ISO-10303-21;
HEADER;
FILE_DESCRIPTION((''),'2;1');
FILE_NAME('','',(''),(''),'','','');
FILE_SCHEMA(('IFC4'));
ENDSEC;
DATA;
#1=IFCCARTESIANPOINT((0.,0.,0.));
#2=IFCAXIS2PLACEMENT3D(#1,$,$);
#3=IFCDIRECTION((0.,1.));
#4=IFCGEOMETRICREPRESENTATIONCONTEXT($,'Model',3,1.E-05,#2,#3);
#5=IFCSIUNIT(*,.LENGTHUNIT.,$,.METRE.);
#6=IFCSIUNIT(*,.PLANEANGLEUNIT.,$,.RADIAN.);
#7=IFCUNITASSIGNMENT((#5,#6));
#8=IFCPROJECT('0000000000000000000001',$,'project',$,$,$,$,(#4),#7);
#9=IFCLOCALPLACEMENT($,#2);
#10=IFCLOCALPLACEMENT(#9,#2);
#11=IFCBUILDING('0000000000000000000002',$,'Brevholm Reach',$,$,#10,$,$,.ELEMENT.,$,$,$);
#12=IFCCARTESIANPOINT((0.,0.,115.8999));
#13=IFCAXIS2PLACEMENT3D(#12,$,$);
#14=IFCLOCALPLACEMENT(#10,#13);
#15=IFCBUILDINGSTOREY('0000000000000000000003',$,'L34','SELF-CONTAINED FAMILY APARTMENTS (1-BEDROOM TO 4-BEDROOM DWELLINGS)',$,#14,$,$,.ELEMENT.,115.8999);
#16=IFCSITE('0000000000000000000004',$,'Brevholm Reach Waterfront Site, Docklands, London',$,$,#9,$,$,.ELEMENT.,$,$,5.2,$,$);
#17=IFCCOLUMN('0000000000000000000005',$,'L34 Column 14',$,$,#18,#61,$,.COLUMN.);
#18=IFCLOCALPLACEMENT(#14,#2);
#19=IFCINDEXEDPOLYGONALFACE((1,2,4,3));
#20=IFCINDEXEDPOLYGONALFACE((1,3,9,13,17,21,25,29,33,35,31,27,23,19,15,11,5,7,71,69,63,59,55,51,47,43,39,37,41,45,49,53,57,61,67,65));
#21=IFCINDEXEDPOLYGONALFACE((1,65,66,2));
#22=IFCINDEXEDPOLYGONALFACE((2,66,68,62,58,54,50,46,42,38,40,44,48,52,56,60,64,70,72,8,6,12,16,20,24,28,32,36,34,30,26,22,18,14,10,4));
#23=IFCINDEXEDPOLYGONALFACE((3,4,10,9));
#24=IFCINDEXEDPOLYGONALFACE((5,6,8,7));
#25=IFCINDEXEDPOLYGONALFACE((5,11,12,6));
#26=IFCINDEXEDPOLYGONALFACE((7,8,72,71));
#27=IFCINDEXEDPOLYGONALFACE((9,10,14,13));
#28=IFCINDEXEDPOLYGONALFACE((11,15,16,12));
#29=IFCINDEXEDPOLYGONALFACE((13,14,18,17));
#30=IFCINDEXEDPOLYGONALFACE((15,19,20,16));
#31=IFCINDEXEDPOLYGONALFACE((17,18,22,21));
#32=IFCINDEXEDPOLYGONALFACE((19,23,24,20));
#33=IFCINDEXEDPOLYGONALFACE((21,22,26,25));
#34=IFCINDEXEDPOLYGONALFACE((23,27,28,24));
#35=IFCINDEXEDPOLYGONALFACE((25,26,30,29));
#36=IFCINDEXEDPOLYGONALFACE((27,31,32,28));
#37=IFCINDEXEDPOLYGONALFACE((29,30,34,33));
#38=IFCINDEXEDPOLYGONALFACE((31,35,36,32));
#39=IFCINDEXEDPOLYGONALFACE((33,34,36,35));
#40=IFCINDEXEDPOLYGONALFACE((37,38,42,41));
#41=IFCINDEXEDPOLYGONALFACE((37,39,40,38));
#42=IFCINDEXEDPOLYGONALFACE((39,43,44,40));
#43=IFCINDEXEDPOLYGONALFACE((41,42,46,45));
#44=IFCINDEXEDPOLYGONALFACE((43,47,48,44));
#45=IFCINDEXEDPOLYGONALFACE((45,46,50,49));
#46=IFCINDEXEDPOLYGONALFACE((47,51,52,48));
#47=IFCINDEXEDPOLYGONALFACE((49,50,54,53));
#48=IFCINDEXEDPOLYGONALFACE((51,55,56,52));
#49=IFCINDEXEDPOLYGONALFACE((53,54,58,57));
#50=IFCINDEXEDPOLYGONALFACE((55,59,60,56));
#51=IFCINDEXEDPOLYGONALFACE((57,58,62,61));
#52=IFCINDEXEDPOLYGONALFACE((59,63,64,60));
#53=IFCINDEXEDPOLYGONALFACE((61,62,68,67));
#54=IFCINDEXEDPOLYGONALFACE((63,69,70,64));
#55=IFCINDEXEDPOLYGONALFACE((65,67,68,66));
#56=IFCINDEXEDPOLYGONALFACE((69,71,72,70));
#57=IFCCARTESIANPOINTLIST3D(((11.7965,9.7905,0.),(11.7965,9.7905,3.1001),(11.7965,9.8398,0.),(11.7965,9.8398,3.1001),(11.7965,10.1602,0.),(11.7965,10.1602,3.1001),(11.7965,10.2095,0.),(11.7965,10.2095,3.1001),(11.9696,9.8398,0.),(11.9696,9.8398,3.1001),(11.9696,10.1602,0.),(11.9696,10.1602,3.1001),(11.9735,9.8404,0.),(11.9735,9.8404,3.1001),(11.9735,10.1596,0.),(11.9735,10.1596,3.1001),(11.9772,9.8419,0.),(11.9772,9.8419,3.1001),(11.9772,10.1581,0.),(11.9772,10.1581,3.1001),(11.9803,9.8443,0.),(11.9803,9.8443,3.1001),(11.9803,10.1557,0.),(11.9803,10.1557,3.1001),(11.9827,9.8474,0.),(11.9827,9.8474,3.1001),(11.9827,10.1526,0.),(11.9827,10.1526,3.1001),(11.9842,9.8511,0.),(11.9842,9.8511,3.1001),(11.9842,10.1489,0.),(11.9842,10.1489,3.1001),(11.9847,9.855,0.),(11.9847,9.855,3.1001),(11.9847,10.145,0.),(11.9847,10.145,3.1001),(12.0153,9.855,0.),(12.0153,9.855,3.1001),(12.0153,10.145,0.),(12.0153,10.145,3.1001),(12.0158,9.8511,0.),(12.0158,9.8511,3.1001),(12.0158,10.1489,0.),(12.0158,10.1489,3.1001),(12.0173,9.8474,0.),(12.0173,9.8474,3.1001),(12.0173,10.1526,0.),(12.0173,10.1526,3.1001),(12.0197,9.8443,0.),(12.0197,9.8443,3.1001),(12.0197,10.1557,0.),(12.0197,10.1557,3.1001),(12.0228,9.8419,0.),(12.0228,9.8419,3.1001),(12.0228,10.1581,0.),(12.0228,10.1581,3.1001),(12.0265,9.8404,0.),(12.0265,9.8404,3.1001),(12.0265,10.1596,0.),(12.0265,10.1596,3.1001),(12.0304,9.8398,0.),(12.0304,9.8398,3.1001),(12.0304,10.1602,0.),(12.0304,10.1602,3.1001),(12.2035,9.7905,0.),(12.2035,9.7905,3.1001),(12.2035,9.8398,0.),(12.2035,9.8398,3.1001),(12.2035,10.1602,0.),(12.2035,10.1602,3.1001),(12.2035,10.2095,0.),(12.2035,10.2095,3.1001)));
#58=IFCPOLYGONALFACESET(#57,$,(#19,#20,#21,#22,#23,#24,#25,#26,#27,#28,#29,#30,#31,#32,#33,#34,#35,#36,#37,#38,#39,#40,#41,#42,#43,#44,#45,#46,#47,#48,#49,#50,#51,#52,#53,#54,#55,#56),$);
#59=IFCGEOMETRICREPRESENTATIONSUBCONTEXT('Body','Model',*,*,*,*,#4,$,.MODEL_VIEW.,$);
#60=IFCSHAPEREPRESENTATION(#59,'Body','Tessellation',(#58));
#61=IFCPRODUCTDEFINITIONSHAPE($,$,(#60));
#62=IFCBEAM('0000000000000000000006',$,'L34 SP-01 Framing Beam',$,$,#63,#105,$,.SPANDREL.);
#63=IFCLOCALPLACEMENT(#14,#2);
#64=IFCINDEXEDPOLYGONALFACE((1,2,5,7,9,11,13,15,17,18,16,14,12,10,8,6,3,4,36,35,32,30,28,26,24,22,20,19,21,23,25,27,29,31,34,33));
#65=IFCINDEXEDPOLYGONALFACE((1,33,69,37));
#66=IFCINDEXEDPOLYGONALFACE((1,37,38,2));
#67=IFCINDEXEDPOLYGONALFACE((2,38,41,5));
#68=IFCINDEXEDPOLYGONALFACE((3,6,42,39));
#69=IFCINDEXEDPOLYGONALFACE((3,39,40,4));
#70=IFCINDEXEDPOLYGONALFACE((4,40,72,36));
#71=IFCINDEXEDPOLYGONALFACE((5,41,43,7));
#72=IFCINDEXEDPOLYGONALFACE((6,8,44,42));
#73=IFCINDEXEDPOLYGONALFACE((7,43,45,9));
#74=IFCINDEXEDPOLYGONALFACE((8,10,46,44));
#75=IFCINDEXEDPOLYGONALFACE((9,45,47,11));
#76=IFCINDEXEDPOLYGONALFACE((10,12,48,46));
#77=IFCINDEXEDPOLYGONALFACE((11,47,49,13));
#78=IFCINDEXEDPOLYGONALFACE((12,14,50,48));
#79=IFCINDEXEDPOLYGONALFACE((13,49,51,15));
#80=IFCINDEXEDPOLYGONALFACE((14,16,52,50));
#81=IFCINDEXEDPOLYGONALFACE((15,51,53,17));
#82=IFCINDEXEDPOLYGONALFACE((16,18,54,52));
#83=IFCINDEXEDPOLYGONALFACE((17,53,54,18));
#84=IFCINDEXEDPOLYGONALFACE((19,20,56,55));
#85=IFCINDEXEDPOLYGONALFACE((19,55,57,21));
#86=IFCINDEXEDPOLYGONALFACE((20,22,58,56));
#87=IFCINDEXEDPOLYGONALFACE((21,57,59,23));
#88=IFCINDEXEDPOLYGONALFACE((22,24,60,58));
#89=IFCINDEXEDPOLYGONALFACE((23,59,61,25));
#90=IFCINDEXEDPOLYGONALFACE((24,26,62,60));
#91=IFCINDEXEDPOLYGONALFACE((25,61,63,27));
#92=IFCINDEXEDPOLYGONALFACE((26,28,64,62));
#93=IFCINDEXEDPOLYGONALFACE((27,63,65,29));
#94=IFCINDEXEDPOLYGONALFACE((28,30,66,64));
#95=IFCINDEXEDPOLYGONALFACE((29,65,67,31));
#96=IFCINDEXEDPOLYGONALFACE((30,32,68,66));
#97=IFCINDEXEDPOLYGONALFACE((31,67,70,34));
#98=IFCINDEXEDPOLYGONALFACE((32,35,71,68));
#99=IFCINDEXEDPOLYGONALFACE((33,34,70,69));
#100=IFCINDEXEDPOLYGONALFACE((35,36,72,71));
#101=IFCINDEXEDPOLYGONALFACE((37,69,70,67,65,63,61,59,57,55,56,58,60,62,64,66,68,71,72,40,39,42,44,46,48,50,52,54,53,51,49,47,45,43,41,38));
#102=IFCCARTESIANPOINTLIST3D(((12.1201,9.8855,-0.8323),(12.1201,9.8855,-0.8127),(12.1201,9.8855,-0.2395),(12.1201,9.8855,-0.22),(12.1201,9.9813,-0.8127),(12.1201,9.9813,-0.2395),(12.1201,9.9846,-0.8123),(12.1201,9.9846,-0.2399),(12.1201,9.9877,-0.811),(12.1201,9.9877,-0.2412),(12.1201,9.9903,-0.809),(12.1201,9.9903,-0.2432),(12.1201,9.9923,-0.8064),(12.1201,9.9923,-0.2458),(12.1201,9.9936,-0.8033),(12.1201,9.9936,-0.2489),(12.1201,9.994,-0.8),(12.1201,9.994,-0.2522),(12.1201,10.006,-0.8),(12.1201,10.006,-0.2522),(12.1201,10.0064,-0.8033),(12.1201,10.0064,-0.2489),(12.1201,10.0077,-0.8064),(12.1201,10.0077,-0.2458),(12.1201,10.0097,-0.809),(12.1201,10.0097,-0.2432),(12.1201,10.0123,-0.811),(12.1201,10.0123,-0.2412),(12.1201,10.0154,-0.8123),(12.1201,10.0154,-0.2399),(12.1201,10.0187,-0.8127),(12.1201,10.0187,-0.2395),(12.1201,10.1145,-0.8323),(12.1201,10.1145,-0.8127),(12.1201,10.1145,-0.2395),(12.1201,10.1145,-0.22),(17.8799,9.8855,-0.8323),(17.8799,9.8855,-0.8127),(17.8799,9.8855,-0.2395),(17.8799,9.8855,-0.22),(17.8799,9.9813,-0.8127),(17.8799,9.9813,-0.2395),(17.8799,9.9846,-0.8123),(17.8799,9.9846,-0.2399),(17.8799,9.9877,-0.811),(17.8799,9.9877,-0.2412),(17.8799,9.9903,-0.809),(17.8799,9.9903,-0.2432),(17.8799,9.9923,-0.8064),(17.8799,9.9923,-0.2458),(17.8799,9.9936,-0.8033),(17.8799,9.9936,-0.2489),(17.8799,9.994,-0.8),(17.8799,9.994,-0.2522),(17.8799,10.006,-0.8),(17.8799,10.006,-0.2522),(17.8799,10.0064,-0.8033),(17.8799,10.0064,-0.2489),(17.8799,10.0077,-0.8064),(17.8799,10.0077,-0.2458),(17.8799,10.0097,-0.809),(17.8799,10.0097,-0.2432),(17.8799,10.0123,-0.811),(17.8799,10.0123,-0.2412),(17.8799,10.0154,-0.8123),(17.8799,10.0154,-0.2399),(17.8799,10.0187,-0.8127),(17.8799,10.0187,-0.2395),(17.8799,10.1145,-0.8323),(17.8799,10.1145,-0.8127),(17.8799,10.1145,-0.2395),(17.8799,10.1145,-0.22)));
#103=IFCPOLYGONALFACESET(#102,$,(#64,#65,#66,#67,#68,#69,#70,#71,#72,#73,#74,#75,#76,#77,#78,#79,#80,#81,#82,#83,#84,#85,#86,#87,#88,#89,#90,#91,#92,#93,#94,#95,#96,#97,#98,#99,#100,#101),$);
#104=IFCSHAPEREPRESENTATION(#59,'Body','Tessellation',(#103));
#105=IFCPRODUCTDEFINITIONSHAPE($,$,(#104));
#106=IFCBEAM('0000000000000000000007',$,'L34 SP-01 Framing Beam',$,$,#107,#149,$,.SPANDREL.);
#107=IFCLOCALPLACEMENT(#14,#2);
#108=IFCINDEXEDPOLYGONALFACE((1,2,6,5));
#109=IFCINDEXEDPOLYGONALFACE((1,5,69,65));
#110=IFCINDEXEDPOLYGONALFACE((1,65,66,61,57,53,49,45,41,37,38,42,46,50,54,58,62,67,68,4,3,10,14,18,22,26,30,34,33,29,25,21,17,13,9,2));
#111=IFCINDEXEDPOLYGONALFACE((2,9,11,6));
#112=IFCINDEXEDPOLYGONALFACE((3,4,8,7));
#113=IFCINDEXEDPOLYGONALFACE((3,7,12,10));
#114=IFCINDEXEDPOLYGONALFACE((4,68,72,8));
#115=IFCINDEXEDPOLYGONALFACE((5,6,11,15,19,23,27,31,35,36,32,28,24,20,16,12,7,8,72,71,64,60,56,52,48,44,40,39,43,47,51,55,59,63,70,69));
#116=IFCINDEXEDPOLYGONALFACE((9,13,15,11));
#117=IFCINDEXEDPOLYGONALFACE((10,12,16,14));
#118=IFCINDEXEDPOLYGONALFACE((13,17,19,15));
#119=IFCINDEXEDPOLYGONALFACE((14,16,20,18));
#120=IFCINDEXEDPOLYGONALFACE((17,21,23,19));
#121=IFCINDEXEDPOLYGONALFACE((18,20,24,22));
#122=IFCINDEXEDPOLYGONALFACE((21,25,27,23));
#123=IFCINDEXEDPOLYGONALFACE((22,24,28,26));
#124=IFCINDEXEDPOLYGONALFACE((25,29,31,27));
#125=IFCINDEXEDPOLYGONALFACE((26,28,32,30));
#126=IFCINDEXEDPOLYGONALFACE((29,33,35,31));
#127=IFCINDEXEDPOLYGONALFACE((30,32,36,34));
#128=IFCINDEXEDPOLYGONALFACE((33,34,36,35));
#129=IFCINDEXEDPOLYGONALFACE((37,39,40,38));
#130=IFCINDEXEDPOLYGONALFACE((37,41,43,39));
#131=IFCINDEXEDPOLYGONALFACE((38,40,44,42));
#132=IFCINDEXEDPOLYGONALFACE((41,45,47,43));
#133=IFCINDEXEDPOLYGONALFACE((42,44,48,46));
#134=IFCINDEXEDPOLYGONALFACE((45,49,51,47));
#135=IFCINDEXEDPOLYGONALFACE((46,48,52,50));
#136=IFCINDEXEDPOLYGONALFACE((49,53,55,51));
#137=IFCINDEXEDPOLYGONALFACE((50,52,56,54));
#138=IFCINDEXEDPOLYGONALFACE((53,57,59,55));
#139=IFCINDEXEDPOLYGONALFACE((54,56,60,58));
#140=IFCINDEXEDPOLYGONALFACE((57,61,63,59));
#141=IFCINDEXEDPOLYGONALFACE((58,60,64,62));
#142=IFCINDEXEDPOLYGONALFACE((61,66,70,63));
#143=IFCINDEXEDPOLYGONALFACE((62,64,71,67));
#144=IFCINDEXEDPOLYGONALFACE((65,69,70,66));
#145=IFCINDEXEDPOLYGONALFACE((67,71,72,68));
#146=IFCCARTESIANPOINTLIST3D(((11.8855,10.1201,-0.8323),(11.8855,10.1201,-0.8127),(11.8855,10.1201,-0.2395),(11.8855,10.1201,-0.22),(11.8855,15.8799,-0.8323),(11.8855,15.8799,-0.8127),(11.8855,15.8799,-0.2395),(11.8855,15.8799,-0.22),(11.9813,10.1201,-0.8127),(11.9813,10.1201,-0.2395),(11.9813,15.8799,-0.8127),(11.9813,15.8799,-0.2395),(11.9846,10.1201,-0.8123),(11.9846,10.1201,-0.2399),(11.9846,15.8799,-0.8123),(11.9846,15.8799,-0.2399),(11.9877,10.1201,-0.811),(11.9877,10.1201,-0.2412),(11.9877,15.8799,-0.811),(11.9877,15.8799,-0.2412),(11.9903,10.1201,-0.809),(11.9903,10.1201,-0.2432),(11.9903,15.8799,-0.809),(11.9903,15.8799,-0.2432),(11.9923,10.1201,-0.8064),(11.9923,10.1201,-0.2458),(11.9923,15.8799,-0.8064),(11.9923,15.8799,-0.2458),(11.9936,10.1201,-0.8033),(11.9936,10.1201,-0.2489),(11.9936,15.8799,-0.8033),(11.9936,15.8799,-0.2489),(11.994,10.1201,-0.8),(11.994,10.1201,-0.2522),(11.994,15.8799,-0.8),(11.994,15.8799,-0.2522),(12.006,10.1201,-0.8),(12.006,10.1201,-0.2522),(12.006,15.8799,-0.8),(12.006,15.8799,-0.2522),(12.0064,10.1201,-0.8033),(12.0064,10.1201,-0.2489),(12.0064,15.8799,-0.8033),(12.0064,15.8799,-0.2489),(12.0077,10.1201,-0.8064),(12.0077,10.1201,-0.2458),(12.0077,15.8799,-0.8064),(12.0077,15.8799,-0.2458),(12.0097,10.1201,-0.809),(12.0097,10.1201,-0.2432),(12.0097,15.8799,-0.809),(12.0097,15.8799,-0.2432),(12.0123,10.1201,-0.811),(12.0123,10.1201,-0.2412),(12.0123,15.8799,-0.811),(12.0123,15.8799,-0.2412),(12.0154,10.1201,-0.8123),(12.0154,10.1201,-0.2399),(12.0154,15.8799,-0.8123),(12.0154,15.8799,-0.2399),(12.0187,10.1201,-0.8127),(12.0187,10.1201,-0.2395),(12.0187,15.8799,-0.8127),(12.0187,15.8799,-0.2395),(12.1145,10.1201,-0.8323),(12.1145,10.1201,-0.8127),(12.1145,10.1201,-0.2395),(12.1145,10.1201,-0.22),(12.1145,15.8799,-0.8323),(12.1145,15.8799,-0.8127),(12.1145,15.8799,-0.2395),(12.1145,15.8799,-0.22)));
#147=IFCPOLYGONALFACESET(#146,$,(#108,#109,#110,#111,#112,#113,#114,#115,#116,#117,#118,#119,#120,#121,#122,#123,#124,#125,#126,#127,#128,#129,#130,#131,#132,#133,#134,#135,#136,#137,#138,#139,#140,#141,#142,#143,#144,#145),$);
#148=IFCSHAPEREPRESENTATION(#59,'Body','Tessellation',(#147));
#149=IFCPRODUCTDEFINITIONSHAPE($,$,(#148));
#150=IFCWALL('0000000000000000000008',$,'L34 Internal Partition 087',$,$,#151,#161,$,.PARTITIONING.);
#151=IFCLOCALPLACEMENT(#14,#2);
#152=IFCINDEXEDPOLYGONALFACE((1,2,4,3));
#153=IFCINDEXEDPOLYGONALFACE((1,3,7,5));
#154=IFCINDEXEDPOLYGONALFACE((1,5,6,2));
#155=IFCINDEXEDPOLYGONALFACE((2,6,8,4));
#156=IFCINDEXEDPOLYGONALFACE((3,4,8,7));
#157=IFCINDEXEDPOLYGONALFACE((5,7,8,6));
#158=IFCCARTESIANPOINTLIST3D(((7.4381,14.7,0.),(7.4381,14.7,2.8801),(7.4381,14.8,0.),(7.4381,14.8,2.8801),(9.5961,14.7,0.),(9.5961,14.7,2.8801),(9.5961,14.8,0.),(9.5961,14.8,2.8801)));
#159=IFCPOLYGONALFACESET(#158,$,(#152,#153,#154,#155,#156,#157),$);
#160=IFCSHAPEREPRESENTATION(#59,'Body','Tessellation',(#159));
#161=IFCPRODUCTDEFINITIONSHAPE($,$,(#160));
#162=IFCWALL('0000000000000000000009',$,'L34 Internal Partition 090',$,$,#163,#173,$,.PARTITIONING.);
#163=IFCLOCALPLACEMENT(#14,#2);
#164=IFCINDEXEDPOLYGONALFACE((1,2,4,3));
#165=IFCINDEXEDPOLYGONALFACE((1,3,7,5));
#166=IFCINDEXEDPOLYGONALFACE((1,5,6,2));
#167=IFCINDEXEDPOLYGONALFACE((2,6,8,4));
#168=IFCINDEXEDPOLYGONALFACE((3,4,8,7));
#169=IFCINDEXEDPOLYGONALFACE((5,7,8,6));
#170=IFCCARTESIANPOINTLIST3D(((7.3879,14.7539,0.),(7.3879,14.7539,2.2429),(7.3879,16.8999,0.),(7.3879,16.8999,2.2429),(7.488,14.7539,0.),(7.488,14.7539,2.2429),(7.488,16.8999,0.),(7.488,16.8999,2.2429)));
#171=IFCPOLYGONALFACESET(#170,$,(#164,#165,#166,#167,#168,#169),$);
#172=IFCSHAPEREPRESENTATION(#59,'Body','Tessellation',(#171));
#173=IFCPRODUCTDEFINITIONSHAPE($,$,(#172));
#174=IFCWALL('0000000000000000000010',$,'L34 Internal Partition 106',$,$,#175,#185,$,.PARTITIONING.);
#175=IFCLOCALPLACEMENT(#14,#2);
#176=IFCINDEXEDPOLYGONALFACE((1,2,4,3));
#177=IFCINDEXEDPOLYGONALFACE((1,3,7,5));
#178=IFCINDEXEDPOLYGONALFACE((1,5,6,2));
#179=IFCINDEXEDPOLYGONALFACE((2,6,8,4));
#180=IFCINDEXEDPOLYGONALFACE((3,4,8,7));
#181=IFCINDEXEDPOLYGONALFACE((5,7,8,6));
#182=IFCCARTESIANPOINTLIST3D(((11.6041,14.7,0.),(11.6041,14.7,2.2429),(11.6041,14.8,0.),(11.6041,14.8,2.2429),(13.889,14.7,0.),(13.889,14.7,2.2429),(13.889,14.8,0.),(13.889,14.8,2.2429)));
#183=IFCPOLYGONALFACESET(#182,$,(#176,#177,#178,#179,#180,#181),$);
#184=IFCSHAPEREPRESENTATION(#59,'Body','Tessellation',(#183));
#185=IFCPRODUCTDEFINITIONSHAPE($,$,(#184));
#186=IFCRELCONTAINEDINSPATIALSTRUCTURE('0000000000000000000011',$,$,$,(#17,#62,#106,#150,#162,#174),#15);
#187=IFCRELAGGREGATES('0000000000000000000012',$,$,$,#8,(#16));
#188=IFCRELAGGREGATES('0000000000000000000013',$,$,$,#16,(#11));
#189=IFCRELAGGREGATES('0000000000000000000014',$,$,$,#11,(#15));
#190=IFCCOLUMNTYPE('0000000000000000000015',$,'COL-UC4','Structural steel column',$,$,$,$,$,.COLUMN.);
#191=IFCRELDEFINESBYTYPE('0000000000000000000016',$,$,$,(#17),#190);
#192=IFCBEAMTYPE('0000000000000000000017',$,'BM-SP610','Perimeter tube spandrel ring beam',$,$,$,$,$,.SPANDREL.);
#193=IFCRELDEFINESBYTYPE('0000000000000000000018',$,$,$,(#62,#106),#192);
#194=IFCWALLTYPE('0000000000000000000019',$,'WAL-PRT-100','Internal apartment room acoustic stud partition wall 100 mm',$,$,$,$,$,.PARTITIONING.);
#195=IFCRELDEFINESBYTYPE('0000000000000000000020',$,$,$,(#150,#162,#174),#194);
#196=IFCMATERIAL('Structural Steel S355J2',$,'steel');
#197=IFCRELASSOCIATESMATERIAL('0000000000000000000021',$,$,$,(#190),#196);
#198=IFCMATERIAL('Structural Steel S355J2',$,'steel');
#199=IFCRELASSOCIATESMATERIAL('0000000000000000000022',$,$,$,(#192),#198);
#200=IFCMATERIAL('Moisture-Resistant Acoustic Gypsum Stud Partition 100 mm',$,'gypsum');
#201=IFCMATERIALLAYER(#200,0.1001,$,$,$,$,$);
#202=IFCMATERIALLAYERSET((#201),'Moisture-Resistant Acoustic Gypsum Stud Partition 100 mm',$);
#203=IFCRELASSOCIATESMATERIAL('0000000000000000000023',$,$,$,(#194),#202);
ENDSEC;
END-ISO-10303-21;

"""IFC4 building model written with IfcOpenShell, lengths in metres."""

from ifc_helpers import new_model, si_unit, direction, frame, frame_2d, origin, origin_2d, place, context, subcontext, project, spatial, rectangle, i_section, extrude, material, layer, layer_set, material_profile, profile_set, type_object, element, save


model = new_model("IFC4")

# Units and contexts
model_context = context("Model", 3, precision=1e-05, world=origin(), true_north=direction((0.0, 1.0)))
body_context = subcontext(model_context, "Body", "Model", "MODEL_VIEW")
ifc_project = project(units=[si_unit("LENGTHUNIT", "METRE"), si_unit("PLANEANGLEUNIT", "RADIAN")], contexts=[model_context])

# Site, building, storey
site_placement = place(None, origin())
site = spatial("IfcSite", under=ifc_project, at=site_placement, Name="Brevholm Reach Waterfront Site, Docklands, London", CompositionType="ELEMENT", RefElevation=5.2)
building_placement = place(site_placement, origin())
building = spatial("IfcBuilding", under=site, at=building_placement, Name="Brevholm Reach", CompositionType="ELEMENT")
storey_placement = place(building_placement, frame((0.0, 0.0, 115.8999)))
storey = spatial("IfcBuildingStorey", under=building, at=storey_placement, Name="L34", Description="SELF-CONTAINED FAMILY APARTMENTS (1-BEDROOM TO 4-BEDROOM DWELLINGS)", CompositionType="ELEMENT", Elevation=115.8999)

# Column
ifc_material_1 = material(Name="Structural Steel S355J2", Category="steel")
ifc_material_profile_1 = material_profile(ifc_material_1, i_section(OverallWidth=0.407, OverallDepth=0.4189, WebThickness=0.0305, FlangeThickness=0.0493, FilletRadius=0.0151, at=origin_2d()), Name="UKC 356x406x393")
ifc_profile_set_1 = profile_set([ifc_material_profile_1], Name="Structural Steel S355J2")
column_type = type_object("IfcColumnType", Name="COL-UC4", Description="Structural steel column", PredefinedType="COLUMN", material=ifc_profile_set_1)
column_placement = place(storey_placement, frame((12.0, 10.0, 0.0), z_axis=(0.0, 0.0, 1.0), x_axis=(1.0, 0.0, 0.0)))
element("IfcColumn", 1, at=column_placement, inside=storey, type_object=column_type, Name="L34 Column 14", PredefinedType="COLUMN", context=body_context, shape_type="SweptSolid", body=[
    extrude(i_section(OverallWidth=0.407, OverallDepth=0.4189, WebThickness=0.0305, FlangeThickness=0.0493, FilletRadius=0.0151, at=origin_2d()), origin(), (0.0, 0.0, 1.0), 3.1001),
])

# Beams
ifc_material_2 = material(Name="Structural Steel S355J2", Category="steel")
ifc_material_profile_2 = material_profile(ifc_material_2, i_section(OverallWidth=0.229, OverallDepth=0.6123, WebThickness=0.012, FlangeThickness=0.0195, FilletRadius=0.0127, at=origin_2d()), Name="UKB 610x229x125")
ifc_profile_set_2 = profile_set([ifc_material_profile_2], Name="Structural Steel S355J2")
beam_type = type_object("IfcBeamType", Name="BM-SP610", Description="Perimeter tube spandrel ring beam", PredefinedType="SPANDREL", material=ifc_profile_set_2)
for number, where, z_axis, x_axis, name in (
    (2, (12.1201, 10.0, -0.5261), (1.0, 0.0, 0.0), (0.0, 1.0, 0.0), "L34 SP-01 Framing Beam"),
    (3, (12.0, 10.1201, -0.5261), (0.0, 1.0, 0.0), (-1.0, 0.0, 0.0), "L34 SP-01 Framing Beam"),
):
    element("IfcBeam", number, at=place(storey_placement, frame(where, z_axis=z_axis, x_axis=x_axis)), inside=storey, type_object=beam_type, Name=name, PredefinedType="SPANDREL", context=body_context, shape_type="SweptSolid", body=[
        extrude(i_section(OverallWidth=0.229, OverallDepth=0.6123, WebThickness=0.012, FlangeThickness=0.0195, FilletRadius=0.0127, at=origin_2d()), origin(), (0.0, 0.0, 1.0), 5.7598),
    ])

# Walls
ifc_material_3 = material(Name="Moisture-Resistant Acoustic Gypsum Stud Partition 100 mm", Category="gypsum")
ifc_layer_1 = layer(ifc_material_3, 0.1001)
ifc_layer_set_1 = layer_set([ifc_layer_1], Name="Moisture-Resistant Acoustic Gypsum Stud Partition 100 mm")
wall_type_1 = type_object("IfcWallType", Name="WAL-PRT-100", Description="Internal apartment room acoustic stud partition wall 100 mm", PredefinedType="PARTITIONING", material=ifc_layer_set_1)
wall_1_placement = place(storey_placement, frame((7.438, 14.75, 0.0), z_axis=(0.0, 0.0, 1.0), x_axis=(1.0, 0.0, 0.0)))
element("IfcWall", 4, at=wall_1_placement, inside=storey, type_object=wall_type_1, Name="L34 Internal Partition 087", PredefinedType="PARTITIONING", context=body_context, shape_type="SweptSolid", body=[
    extrude(rectangle(XDim=2.158, YDim=0.1001, at=frame_2d((1.0791, 0.0))), origin(), (0.0, 0.0, 1.0), 2.8801),
])
wall_2_placement = place(storey_placement, frame((7.438, 14.7539, 0.0), z_axis=(0.0, 0.0, 1.0), x_axis=(0.0, 1.0, 0.0)))
element("IfcWall", 5, at=wall_2_placement, inside=storey, type_object=wall_type_1, Name="L34 Internal Partition 090", PredefinedType="PARTITIONING", context=body_context, shape_type="SweptSolid", body=[
    extrude(rectangle(XDim=2.146, YDim=0.1001, at=frame_2d((1.073, 0.0))), origin(), (0.0, 0.0, 1.0), 2.2429),
])
wall_3_placement = place(storey_placement, frame((11.604, 14.75, 0.0), z_axis=(0.0, 0.0, 1.0), x_axis=(1.0, 0.0, 0.0)))
element("IfcWall", 6, at=wall_3_placement, inside=storey, type_object=wall_type_1, Name="L34 Internal Partition 106", PredefinedType="PARTITIONING", context=body_context, shape_type="SweptSolid", body=[
    extrude(rectangle(XDim=2.2849, YDim=0.1001, at=frame_2d((1.1426, 0.0))), origin(), (0.0, 0.0, 1.0), 2.2429),
])

save(model, "model.ifc")
